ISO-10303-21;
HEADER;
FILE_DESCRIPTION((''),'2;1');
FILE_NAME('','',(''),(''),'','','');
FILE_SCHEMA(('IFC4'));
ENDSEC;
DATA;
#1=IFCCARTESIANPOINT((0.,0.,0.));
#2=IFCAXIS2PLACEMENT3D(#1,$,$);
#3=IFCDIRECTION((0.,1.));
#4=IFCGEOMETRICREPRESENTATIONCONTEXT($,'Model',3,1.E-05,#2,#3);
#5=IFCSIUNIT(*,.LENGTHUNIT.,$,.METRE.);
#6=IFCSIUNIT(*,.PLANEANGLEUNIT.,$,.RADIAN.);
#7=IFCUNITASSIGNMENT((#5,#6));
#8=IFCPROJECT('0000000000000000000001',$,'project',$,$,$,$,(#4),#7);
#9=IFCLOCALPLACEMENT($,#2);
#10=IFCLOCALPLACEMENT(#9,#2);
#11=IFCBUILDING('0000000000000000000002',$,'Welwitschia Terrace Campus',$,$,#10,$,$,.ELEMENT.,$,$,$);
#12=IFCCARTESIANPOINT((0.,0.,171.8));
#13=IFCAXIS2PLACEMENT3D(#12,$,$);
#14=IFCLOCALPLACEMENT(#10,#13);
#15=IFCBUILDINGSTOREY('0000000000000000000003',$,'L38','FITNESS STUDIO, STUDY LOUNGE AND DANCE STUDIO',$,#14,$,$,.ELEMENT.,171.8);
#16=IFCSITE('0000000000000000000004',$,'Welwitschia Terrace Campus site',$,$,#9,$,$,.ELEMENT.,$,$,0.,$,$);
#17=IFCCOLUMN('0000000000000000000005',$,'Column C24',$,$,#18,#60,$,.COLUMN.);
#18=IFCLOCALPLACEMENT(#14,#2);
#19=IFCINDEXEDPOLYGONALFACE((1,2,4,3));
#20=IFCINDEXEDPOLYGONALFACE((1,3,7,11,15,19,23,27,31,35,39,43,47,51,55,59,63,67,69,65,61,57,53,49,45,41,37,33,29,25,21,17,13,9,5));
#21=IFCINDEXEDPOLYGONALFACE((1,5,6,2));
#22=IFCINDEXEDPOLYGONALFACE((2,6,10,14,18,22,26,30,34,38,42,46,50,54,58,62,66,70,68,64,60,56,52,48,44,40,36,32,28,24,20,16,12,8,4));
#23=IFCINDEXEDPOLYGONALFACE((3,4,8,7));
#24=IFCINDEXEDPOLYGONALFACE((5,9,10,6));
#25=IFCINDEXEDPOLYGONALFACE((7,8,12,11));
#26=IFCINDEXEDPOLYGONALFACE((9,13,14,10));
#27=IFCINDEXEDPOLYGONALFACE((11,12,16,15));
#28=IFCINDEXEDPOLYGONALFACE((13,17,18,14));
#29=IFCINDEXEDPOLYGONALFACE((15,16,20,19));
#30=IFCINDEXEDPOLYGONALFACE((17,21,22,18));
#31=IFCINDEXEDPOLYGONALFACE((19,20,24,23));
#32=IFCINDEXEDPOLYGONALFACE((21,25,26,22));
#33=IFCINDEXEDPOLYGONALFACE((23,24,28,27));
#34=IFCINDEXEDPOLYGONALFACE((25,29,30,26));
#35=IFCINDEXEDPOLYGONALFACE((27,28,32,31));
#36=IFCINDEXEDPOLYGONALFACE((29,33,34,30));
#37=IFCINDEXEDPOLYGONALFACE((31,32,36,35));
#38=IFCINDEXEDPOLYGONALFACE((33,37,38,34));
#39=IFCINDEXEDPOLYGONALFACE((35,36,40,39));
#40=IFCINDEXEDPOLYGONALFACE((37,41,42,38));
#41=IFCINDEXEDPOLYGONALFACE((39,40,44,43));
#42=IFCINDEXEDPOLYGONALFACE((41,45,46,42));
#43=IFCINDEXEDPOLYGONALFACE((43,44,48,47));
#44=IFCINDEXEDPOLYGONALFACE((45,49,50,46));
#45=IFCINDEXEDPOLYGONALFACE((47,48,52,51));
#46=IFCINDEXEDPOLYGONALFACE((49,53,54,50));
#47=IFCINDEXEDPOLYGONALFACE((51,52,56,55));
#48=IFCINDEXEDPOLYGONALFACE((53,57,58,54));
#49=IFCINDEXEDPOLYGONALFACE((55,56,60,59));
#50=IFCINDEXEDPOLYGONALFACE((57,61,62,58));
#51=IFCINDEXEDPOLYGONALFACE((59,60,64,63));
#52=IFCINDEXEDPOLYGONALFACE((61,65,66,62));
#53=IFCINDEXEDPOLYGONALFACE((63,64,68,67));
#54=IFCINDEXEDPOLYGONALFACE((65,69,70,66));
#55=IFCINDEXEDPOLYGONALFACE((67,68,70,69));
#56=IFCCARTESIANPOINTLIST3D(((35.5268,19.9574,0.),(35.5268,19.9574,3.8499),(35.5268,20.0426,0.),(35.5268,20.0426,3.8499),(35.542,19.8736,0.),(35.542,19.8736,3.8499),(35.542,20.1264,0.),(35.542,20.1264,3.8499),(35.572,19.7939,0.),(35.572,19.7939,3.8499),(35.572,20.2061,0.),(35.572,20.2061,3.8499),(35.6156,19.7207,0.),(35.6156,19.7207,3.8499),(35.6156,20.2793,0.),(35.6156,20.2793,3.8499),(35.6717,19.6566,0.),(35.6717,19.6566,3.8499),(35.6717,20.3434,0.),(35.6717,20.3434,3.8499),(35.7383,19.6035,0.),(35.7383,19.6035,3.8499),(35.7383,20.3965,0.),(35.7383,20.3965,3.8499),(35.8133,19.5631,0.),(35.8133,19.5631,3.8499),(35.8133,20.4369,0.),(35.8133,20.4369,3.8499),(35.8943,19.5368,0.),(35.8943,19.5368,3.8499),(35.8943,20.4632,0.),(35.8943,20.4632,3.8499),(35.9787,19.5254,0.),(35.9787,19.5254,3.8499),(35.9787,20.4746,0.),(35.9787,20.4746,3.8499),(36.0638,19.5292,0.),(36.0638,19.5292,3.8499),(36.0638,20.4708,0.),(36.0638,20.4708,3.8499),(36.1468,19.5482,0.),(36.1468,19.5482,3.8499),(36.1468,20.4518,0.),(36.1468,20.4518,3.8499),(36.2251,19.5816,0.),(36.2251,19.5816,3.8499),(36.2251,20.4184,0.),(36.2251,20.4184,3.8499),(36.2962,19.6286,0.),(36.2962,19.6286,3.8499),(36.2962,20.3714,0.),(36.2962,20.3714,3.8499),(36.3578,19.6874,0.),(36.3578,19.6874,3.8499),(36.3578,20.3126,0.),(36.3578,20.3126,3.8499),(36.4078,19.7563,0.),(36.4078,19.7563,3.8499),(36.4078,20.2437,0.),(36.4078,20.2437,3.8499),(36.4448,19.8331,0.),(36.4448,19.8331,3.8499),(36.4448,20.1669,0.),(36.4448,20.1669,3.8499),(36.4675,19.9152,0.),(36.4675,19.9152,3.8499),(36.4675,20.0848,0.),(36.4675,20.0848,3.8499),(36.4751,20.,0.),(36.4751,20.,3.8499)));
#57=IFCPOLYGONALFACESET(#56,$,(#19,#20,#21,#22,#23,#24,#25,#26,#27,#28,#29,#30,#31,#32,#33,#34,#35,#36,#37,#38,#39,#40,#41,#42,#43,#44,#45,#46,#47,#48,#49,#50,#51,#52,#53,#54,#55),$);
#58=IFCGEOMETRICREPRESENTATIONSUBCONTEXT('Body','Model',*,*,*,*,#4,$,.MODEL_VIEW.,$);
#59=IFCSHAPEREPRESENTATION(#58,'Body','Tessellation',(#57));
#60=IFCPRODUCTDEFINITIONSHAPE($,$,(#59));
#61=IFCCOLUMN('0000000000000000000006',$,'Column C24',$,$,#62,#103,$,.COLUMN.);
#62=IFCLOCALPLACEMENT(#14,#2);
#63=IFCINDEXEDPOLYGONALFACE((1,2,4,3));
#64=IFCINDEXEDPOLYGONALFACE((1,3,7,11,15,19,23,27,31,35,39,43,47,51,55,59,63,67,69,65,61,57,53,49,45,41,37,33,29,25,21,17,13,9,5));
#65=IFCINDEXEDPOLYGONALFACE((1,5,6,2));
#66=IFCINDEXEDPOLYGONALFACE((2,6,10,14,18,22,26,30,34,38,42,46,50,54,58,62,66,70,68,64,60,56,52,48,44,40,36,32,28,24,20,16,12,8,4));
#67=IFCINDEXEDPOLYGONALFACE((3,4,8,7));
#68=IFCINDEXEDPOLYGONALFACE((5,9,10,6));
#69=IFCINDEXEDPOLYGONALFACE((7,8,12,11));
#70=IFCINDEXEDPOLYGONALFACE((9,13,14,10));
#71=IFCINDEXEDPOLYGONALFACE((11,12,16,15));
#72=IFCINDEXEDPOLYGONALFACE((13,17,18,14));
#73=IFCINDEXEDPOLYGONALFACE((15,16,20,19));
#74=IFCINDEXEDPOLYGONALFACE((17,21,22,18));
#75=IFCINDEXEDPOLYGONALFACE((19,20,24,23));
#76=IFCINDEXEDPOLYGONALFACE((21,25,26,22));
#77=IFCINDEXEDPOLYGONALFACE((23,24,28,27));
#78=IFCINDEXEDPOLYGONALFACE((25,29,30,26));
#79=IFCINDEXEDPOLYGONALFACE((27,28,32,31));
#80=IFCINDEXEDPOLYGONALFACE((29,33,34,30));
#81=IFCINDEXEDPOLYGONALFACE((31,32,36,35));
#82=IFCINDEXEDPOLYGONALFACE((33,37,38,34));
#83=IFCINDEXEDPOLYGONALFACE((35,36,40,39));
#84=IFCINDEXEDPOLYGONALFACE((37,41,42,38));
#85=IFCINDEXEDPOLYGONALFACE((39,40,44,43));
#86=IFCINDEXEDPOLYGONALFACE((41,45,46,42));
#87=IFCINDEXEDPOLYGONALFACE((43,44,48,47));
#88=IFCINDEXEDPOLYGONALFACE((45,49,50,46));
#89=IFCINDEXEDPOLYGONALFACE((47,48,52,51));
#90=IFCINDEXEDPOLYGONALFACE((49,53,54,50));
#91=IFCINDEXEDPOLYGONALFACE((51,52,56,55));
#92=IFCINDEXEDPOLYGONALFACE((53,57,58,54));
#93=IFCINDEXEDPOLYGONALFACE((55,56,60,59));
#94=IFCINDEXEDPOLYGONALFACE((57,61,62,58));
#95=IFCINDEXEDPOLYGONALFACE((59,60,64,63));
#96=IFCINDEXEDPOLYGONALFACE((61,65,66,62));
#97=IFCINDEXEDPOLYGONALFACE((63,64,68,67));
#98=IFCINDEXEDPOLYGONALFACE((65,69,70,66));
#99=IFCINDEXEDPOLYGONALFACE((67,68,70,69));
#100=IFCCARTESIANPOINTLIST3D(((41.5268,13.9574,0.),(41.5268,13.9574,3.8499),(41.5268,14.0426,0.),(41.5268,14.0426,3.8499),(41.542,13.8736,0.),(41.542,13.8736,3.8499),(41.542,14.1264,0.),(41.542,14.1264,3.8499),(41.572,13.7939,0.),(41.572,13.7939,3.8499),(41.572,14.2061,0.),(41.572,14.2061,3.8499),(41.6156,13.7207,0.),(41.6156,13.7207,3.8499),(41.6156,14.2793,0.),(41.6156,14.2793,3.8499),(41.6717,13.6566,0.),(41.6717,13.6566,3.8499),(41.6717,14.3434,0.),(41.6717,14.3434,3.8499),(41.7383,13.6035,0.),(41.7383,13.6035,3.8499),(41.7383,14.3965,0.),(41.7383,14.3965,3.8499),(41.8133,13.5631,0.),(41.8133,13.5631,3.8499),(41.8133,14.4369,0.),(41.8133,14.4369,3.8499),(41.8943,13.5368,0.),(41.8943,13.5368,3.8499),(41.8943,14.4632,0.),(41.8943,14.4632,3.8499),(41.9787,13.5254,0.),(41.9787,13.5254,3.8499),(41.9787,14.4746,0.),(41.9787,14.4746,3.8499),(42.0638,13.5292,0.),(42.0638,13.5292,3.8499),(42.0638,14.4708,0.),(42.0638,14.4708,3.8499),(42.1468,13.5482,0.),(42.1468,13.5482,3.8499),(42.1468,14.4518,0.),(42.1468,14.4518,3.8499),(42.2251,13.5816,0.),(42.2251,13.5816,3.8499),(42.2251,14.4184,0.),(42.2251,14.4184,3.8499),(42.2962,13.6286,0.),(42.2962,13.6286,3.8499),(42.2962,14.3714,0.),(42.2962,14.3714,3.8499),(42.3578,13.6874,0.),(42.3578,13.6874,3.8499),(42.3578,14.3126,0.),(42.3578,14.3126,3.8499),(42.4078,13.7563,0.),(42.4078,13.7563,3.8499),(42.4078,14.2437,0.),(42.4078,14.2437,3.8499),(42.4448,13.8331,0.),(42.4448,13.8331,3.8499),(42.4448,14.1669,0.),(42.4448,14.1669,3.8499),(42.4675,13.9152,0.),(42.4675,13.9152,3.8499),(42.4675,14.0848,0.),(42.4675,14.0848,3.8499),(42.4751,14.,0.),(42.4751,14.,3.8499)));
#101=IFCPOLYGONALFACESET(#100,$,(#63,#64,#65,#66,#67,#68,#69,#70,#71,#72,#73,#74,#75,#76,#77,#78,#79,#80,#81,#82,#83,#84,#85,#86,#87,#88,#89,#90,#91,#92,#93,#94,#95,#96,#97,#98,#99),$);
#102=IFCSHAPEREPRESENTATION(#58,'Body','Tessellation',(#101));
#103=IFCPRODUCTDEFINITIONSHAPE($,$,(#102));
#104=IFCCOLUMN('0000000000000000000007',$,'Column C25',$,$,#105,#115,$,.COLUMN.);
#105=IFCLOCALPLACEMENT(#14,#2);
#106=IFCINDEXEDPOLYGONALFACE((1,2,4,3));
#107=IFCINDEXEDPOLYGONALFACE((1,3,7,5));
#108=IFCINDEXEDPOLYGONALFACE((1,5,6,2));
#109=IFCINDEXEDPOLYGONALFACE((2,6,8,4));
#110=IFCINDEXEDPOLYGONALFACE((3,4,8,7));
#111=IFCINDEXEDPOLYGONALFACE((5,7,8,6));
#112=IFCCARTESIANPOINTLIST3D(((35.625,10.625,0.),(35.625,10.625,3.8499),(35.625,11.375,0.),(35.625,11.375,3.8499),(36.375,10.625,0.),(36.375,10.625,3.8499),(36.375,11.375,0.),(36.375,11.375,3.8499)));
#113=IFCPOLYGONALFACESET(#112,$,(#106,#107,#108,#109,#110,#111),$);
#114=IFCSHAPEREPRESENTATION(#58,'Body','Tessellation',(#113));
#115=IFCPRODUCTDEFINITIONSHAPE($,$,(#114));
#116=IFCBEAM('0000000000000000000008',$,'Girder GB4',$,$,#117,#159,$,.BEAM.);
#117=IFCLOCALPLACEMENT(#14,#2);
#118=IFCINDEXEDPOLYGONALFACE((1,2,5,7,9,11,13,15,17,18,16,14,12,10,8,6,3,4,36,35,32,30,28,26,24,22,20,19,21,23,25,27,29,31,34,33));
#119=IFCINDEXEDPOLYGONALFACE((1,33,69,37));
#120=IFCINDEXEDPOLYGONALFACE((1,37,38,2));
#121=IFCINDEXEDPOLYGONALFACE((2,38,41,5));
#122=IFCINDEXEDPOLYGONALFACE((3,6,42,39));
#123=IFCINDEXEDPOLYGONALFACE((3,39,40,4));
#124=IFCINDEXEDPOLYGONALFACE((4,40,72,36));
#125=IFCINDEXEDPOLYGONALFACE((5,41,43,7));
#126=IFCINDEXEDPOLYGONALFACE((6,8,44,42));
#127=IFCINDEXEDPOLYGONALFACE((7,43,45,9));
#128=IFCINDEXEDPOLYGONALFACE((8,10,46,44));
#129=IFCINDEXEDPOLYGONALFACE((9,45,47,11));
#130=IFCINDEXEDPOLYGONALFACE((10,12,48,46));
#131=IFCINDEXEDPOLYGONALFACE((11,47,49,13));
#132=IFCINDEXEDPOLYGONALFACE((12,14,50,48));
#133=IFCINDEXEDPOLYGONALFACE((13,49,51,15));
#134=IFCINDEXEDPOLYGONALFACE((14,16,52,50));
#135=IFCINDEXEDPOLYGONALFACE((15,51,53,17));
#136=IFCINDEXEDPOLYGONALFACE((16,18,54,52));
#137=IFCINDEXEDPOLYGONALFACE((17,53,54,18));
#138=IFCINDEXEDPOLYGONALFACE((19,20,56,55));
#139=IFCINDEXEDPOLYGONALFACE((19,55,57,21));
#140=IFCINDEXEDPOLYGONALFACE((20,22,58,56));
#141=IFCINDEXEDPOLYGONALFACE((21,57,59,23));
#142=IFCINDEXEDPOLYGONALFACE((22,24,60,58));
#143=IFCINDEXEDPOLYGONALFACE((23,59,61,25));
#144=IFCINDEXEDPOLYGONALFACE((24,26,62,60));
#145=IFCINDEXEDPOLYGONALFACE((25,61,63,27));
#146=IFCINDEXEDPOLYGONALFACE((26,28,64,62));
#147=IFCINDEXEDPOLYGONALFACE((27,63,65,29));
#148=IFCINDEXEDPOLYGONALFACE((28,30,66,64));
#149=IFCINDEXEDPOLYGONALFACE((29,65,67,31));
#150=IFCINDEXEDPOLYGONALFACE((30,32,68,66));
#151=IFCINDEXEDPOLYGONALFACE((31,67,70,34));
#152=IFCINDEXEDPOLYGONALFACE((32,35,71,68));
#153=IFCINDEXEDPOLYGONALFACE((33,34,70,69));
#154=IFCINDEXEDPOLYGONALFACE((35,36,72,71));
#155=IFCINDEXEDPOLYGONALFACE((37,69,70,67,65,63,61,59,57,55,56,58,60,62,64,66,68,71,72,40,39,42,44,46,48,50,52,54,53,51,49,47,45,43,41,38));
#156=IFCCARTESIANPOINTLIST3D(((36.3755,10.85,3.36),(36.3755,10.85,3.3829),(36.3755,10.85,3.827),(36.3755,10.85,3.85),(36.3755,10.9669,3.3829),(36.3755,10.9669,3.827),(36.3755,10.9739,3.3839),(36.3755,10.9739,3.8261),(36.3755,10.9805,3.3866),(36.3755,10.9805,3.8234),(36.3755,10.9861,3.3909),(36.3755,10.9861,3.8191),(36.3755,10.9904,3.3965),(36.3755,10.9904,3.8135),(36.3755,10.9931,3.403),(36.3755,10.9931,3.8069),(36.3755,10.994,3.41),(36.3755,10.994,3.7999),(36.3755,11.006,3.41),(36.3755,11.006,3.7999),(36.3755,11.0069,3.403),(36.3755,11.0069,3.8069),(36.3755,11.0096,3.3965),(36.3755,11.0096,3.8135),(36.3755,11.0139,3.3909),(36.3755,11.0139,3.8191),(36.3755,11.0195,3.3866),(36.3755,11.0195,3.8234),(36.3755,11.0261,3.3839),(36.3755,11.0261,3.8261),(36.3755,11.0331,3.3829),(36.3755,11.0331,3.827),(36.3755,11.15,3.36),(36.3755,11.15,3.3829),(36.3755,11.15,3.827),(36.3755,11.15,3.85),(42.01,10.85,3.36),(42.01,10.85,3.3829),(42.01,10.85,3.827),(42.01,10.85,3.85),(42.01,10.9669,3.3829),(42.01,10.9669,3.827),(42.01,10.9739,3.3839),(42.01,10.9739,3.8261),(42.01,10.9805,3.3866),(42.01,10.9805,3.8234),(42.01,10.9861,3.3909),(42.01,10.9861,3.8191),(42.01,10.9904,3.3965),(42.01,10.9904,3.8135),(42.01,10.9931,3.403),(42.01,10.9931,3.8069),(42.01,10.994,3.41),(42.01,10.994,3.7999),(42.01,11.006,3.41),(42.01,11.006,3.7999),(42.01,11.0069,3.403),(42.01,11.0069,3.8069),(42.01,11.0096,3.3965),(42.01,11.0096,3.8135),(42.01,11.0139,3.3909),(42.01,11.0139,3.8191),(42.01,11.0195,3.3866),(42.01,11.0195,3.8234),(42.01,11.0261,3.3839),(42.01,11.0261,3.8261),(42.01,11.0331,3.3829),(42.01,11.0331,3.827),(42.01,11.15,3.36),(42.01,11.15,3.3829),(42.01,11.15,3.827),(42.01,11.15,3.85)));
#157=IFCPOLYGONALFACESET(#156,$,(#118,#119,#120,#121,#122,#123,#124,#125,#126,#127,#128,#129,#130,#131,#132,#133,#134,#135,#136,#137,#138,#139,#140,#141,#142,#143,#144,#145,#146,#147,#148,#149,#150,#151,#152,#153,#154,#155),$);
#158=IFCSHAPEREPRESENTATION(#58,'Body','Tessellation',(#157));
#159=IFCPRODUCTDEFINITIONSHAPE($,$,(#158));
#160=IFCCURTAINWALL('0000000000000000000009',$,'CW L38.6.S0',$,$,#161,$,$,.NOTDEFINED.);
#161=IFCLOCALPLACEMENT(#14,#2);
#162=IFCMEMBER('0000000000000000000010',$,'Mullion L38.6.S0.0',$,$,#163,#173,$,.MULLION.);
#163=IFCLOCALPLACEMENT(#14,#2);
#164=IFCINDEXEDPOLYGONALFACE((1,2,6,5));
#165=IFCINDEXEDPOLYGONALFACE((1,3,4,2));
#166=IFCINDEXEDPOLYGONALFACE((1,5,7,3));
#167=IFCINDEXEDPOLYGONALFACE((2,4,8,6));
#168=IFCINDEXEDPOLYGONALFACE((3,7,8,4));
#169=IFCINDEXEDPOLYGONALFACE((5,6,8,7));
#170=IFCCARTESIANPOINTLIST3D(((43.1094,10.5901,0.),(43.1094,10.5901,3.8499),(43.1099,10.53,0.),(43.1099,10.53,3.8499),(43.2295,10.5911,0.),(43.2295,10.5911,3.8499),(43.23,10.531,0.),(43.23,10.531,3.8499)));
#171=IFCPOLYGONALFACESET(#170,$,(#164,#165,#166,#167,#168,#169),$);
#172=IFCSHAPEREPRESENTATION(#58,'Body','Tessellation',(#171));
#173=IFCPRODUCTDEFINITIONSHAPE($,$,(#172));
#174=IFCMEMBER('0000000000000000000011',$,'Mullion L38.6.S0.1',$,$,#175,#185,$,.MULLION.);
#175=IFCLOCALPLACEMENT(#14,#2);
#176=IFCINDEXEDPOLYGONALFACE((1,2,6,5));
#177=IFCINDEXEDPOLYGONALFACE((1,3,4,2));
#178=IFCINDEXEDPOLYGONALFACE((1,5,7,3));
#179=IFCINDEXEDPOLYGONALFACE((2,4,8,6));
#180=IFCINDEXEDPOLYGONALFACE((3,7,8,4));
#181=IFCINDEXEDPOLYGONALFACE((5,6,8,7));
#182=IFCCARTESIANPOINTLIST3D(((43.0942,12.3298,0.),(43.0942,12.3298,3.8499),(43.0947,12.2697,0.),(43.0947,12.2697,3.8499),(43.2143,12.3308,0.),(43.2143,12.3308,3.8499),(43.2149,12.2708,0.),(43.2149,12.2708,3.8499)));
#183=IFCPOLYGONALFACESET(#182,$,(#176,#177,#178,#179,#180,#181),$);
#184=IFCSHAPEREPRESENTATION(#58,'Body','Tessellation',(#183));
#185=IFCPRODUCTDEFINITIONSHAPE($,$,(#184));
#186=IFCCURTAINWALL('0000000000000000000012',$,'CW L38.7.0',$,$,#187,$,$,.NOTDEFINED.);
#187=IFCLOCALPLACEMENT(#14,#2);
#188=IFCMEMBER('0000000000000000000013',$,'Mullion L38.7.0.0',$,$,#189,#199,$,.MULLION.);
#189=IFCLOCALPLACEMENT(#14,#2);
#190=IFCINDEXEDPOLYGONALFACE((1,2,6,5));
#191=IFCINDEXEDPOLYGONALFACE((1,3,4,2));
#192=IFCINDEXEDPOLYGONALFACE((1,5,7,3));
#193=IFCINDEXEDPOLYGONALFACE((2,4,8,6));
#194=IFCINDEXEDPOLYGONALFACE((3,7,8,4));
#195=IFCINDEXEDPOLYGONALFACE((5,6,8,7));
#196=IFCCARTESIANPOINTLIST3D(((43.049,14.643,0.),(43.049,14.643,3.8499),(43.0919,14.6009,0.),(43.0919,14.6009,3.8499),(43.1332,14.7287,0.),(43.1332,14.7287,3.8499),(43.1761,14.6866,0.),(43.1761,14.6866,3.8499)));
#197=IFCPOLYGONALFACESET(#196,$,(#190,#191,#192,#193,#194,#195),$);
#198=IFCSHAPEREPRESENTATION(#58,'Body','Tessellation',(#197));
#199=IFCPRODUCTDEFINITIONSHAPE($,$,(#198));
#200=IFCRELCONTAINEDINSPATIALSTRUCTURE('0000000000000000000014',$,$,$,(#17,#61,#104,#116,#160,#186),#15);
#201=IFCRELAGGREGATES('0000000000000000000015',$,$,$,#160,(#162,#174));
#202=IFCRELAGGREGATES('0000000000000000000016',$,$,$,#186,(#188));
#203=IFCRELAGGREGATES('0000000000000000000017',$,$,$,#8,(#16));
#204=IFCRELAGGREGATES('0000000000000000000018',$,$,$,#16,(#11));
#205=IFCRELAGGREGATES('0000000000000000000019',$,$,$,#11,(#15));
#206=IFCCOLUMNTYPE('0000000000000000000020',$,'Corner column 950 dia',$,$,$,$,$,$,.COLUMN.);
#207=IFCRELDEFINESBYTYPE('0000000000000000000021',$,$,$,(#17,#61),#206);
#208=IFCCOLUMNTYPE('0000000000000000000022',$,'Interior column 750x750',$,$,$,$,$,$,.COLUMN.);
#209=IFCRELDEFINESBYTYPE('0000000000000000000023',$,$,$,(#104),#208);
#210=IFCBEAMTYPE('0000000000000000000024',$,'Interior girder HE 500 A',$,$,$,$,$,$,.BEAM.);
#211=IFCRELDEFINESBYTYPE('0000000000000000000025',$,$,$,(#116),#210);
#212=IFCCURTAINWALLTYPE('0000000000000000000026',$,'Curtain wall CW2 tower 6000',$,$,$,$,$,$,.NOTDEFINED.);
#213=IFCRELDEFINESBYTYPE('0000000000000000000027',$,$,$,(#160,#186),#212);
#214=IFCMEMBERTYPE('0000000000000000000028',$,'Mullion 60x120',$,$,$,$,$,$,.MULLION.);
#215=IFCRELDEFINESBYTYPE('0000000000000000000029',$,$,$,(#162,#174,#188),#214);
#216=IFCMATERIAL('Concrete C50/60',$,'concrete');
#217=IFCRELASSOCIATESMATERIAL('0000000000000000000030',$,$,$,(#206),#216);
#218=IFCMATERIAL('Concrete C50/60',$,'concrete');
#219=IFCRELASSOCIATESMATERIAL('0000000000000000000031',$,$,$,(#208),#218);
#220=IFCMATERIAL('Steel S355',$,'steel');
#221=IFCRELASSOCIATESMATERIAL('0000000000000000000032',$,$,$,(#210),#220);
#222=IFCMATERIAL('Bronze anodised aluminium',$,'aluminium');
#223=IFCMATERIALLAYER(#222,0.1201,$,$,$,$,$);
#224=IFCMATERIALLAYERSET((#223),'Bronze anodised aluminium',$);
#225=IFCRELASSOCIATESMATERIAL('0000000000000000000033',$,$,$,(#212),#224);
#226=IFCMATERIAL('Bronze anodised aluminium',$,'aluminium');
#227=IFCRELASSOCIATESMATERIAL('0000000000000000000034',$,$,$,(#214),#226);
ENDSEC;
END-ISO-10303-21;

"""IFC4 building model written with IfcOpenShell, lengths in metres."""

from ifc_helpers import new_model, si_unit, direction, frame, origin, origin_2d, place, context, subcontext, project, spatial, rectangle, circle, i_section, extrude, material, layer, layer_set, material_profile, profile_set, type_object, element, aggregate, save


model = new_model("IFC4")

# Units and contexts
model_context = context("Model", 3, precision=1e-05, world=origin(), true_north=direction((0.0, 1.0)))
body_context = subcontext(model_context, "Body", "Model", "MODEL_VIEW")
ifc_project = project(units=[si_unit("LENGTHUNIT", "METRE"), si_unit("PLANEANGLEUNIT", "RADIAN")], contexts=[model_context])

# Site, building, storey
site_placement = place(None, origin())
site = spatial("IfcSite", under=ifc_project, at=site_placement, Name="Welwitschia Terrace Campus site", CompositionType="ELEMENT", RefElevation=0.0)
building_placement = place(site_placement, origin())
building = spatial("IfcBuilding", under=site, at=building_placement, Name="Welwitschia Terrace Campus", CompositionType="ELEMENT")
storey_placement = place(building_placement, frame((0.0, 0.0, 171.8)))
storey = spatial("IfcBuildingStorey", under=building, at=storey_placement, Name="L38", Description="FITNESS STUDIO, STUDY LOUNGE AND DANCE STUDIO", CompositionType="ELEMENT", Elevation=171.8)

# Columns
ifc_material_1 = material(Name="Concrete C50/60", Category="concrete")
ifc_material_profile_1 = material_profile(ifc_material_1, circle(Radius=0.4751, at=origin_2d()))
ifc_profile_set_1 = profile_set([ifc_material_profile_1], Name="Concrete C50/60")
column_type_1 = type_object("IfcColumnType", Name="Corner column 950 dia", PredefinedType="COLUMN", material=ifc_profile_set_1)
for number, where, z_axis, x_axis, name in (
    (1, (36.0, 20.0, 0.0), (0.0, 0.0, 1.0), (1.0, 0.0, 0.0), "Column C24"),
    (2, (42.0, 14.0, 0.0), (0.0, 0.0, 1.0), (1.0, 0.0, 0.0), "Column C24"),
):
    element("IfcColumn", number, at=place(storey_placement, frame(where, z_axis=z_axis, x_axis=x_axis)), inside=storey, type_object=column_type_1, Name=name, PredefinedType="COLUMN", context=body_context, shape_type="SweptSolid", body=[
        extrude(circle(Radius=0.4751, at=origin_2d()), origin(), (0.0, 0.0, 1.0), 3.8499),
    ])
ifc_material_2 = material(Name="Concrete C50/60", Category="concrete")
ifc_material_profile_2 = material_profile(ifc_material_2, rectangle(XDim=0.75, YDim=0.75, at=origin_2d()))
ifc_profile_set_2 = profile_set([ifc_material_profile_2], Name="Concrete C50/60")
column_type_2 = type_object("IfcColumnType", Name="Interior column 750x750", PredefinedType="COLUMN", material=ifc_profile_set_2)
column_placement = place(storey_placement, frame((36.0, 11.0, 0.0), z_axis=(0.0, 0.0, 1.0), x_axis=(1.0, 0.0, 0.0)))
element("IfcColumn", 3, at=column_placement, inside=storey, type_object=column_type_2, Name="Column C25", PredefinedType="COLUMN", context=body_context, shape_type="SweptSolid", body=[
    extrude(rectangle(XDim=0.75, YDim=0.75, at=origin_2d()), origin(), (0.0, 0.0, 1.0), 3.8499),
])

# Beam
ifc_material_3 = material(Name="Steel S355", Category="steel")
ifc_material_profile_3 = material_profile(ifc_material_3, i_section(OverallWidth=0.3, OverallDepth=0.49, WebThickness=0.012, FlangeThickness=0.0229, FilletRadius=0.0271, at=origin_2d()))
ifc_profile_set_3 = profile_set([ifc_material_profile_3], Name="Steel S355")
beam_type_1 = type_object("IfcBeamType", Name="Interior girder HE 500 A", PredefinedType="BEAM", material=ifc_profile_set_3)
beam_1_placement = place(storey_placement, frame((36.3755, 11.0, 3.605), z_axis=(1.0, 0.0, 0.0), x_axis=(0.0, 1.0, 0.0)))
element("IfcBeam", 4, at=beam_1_placement, inside=storey, type_object=beam_type_1, Name="Girder GB4", PredefinedType="BEAM", context=body_context, shape_type="SweptSolid", body=[
    extrude(i_section(OverallWidth=0.3, OverallDepth=0.49, WebThickness=0.012, FlangeThickness=0.0229, FilletRadius=0.0271, at=origin_2d()), origin(), (0.0, 0.0, 1.0), 5.6345),
])

# Curtain walls, members
ifc_material_4 = material(Name="Bronze anodised aluminium", Category="aluminium")
ifc_layer_1 = layer(ifc_material_4, 0.1201)
ifc_layer_set_1 = layer_set([ifc_layer_1], Name="Bronze anodised aluminium")
curtain_wall_type = type_object("IfcCurtainWallType", Name="Curtain wall CW2 tower 6000", PredefinedType="NOTDEFINED", material=ifc_layer_set_1)
curtain_wall_1_placement = place(storey_placement, origin())
curtain_wall_1 = element("IfcCurtainWall", 5, at=curtain_wall_1_placement, inside=storey, type_object=curtain_wall_type, Name="CW L38.6.S0", PredefinedType="NOTDEFINED")
ifc_material_5 = material(Name="Bronze anodised aluminium", Category="aluminium")
ifc_material_profile_4 = material_profile(ifc_material_5, rectangle(XDim=0.1201, YDim=0.0601, at=origin_2d()))
ifc_profile_set_4 = profile_set([ifc_material_profile_4], Name="Bronze anodised aluminium")
member_type_1 = type_object("IfcMemberType", Name="Mullion 60x120", PredefinedType="MULLION", material=ifc_profile_set_4)
member_1_placement = place(storey_placement, frame((43.1697, 10.5605, 0.0), z_axis=(0.0, 0.0, 1.0), x_axis=(-0.999962, -0.008727, 0.0)))
member_1 = element("IfcMember", 6, at=member_1_placement, type_object=member_type_1, Name="Mullion L38.6.S0.0", PredefinedType="MULLION", context=body_context, shape_type="SweptSolid", body=[
    extrude(rectangle(XDim=0.1201, YDim=0.0601, at=origin_2d()), origin(), (0.0, 0.0, 1.0), 3.8499),
])
member_2_placement = place(storey_placement, frame((43.1545, 12.3003, 0.0), z_axis=(0.0, 0.0, 1.0), x_axis=(-0.999962, -0.008727, 0.0)))
member_2 = element("IfcMember", 7, at=member_2_placement, type_object=member_type_1, Name="Mullion L38.6.S0.1", PredefinedType="MULLION", context=body_context, shape_type="SweptSolid", body=[
    extrude(rectangle(XDim=0.1201, YDim=0.0601, at=origin_2d()), origin(), (0.0, 0.0, 1.0), 3.8499),
])
curtain_wall_2_placement = place(storey_placement, origin())
curtain_wall_2 = element("IfcCurtainWall", 8, at=curtain_wall_2_placement, inside=storey, type_object=curtain_wall_type, Name="CW L38.7.0", PredefinedType="NOTDEFINED")
member_3_placement = place(storey_placement, frame((43.1125, 14.6648, 0.0), z_axis=(0.0, 0.0, 1.0), x_axis=(-0.700909, -0.71325, 0.0)))
member_3 = element("IfcMember", 9, at=member_3_placement, type_object=member_type_1, Name="Mullion L38.7.0.0", PredefinedType="MULLION", context=body_context, shape_type="SweptSolid", body=[
    extrude(rectangle(XDim=0.1201, YDim=0.0601, at=origin_2d()), origin(), (0.0, 0.0, 1.0), 3.8499),
])

aggregate(curtain_wall_1, [member_1, member_2])
aggregate(curtain_wall_2, [member_3])

save(model, "model.ifc")
